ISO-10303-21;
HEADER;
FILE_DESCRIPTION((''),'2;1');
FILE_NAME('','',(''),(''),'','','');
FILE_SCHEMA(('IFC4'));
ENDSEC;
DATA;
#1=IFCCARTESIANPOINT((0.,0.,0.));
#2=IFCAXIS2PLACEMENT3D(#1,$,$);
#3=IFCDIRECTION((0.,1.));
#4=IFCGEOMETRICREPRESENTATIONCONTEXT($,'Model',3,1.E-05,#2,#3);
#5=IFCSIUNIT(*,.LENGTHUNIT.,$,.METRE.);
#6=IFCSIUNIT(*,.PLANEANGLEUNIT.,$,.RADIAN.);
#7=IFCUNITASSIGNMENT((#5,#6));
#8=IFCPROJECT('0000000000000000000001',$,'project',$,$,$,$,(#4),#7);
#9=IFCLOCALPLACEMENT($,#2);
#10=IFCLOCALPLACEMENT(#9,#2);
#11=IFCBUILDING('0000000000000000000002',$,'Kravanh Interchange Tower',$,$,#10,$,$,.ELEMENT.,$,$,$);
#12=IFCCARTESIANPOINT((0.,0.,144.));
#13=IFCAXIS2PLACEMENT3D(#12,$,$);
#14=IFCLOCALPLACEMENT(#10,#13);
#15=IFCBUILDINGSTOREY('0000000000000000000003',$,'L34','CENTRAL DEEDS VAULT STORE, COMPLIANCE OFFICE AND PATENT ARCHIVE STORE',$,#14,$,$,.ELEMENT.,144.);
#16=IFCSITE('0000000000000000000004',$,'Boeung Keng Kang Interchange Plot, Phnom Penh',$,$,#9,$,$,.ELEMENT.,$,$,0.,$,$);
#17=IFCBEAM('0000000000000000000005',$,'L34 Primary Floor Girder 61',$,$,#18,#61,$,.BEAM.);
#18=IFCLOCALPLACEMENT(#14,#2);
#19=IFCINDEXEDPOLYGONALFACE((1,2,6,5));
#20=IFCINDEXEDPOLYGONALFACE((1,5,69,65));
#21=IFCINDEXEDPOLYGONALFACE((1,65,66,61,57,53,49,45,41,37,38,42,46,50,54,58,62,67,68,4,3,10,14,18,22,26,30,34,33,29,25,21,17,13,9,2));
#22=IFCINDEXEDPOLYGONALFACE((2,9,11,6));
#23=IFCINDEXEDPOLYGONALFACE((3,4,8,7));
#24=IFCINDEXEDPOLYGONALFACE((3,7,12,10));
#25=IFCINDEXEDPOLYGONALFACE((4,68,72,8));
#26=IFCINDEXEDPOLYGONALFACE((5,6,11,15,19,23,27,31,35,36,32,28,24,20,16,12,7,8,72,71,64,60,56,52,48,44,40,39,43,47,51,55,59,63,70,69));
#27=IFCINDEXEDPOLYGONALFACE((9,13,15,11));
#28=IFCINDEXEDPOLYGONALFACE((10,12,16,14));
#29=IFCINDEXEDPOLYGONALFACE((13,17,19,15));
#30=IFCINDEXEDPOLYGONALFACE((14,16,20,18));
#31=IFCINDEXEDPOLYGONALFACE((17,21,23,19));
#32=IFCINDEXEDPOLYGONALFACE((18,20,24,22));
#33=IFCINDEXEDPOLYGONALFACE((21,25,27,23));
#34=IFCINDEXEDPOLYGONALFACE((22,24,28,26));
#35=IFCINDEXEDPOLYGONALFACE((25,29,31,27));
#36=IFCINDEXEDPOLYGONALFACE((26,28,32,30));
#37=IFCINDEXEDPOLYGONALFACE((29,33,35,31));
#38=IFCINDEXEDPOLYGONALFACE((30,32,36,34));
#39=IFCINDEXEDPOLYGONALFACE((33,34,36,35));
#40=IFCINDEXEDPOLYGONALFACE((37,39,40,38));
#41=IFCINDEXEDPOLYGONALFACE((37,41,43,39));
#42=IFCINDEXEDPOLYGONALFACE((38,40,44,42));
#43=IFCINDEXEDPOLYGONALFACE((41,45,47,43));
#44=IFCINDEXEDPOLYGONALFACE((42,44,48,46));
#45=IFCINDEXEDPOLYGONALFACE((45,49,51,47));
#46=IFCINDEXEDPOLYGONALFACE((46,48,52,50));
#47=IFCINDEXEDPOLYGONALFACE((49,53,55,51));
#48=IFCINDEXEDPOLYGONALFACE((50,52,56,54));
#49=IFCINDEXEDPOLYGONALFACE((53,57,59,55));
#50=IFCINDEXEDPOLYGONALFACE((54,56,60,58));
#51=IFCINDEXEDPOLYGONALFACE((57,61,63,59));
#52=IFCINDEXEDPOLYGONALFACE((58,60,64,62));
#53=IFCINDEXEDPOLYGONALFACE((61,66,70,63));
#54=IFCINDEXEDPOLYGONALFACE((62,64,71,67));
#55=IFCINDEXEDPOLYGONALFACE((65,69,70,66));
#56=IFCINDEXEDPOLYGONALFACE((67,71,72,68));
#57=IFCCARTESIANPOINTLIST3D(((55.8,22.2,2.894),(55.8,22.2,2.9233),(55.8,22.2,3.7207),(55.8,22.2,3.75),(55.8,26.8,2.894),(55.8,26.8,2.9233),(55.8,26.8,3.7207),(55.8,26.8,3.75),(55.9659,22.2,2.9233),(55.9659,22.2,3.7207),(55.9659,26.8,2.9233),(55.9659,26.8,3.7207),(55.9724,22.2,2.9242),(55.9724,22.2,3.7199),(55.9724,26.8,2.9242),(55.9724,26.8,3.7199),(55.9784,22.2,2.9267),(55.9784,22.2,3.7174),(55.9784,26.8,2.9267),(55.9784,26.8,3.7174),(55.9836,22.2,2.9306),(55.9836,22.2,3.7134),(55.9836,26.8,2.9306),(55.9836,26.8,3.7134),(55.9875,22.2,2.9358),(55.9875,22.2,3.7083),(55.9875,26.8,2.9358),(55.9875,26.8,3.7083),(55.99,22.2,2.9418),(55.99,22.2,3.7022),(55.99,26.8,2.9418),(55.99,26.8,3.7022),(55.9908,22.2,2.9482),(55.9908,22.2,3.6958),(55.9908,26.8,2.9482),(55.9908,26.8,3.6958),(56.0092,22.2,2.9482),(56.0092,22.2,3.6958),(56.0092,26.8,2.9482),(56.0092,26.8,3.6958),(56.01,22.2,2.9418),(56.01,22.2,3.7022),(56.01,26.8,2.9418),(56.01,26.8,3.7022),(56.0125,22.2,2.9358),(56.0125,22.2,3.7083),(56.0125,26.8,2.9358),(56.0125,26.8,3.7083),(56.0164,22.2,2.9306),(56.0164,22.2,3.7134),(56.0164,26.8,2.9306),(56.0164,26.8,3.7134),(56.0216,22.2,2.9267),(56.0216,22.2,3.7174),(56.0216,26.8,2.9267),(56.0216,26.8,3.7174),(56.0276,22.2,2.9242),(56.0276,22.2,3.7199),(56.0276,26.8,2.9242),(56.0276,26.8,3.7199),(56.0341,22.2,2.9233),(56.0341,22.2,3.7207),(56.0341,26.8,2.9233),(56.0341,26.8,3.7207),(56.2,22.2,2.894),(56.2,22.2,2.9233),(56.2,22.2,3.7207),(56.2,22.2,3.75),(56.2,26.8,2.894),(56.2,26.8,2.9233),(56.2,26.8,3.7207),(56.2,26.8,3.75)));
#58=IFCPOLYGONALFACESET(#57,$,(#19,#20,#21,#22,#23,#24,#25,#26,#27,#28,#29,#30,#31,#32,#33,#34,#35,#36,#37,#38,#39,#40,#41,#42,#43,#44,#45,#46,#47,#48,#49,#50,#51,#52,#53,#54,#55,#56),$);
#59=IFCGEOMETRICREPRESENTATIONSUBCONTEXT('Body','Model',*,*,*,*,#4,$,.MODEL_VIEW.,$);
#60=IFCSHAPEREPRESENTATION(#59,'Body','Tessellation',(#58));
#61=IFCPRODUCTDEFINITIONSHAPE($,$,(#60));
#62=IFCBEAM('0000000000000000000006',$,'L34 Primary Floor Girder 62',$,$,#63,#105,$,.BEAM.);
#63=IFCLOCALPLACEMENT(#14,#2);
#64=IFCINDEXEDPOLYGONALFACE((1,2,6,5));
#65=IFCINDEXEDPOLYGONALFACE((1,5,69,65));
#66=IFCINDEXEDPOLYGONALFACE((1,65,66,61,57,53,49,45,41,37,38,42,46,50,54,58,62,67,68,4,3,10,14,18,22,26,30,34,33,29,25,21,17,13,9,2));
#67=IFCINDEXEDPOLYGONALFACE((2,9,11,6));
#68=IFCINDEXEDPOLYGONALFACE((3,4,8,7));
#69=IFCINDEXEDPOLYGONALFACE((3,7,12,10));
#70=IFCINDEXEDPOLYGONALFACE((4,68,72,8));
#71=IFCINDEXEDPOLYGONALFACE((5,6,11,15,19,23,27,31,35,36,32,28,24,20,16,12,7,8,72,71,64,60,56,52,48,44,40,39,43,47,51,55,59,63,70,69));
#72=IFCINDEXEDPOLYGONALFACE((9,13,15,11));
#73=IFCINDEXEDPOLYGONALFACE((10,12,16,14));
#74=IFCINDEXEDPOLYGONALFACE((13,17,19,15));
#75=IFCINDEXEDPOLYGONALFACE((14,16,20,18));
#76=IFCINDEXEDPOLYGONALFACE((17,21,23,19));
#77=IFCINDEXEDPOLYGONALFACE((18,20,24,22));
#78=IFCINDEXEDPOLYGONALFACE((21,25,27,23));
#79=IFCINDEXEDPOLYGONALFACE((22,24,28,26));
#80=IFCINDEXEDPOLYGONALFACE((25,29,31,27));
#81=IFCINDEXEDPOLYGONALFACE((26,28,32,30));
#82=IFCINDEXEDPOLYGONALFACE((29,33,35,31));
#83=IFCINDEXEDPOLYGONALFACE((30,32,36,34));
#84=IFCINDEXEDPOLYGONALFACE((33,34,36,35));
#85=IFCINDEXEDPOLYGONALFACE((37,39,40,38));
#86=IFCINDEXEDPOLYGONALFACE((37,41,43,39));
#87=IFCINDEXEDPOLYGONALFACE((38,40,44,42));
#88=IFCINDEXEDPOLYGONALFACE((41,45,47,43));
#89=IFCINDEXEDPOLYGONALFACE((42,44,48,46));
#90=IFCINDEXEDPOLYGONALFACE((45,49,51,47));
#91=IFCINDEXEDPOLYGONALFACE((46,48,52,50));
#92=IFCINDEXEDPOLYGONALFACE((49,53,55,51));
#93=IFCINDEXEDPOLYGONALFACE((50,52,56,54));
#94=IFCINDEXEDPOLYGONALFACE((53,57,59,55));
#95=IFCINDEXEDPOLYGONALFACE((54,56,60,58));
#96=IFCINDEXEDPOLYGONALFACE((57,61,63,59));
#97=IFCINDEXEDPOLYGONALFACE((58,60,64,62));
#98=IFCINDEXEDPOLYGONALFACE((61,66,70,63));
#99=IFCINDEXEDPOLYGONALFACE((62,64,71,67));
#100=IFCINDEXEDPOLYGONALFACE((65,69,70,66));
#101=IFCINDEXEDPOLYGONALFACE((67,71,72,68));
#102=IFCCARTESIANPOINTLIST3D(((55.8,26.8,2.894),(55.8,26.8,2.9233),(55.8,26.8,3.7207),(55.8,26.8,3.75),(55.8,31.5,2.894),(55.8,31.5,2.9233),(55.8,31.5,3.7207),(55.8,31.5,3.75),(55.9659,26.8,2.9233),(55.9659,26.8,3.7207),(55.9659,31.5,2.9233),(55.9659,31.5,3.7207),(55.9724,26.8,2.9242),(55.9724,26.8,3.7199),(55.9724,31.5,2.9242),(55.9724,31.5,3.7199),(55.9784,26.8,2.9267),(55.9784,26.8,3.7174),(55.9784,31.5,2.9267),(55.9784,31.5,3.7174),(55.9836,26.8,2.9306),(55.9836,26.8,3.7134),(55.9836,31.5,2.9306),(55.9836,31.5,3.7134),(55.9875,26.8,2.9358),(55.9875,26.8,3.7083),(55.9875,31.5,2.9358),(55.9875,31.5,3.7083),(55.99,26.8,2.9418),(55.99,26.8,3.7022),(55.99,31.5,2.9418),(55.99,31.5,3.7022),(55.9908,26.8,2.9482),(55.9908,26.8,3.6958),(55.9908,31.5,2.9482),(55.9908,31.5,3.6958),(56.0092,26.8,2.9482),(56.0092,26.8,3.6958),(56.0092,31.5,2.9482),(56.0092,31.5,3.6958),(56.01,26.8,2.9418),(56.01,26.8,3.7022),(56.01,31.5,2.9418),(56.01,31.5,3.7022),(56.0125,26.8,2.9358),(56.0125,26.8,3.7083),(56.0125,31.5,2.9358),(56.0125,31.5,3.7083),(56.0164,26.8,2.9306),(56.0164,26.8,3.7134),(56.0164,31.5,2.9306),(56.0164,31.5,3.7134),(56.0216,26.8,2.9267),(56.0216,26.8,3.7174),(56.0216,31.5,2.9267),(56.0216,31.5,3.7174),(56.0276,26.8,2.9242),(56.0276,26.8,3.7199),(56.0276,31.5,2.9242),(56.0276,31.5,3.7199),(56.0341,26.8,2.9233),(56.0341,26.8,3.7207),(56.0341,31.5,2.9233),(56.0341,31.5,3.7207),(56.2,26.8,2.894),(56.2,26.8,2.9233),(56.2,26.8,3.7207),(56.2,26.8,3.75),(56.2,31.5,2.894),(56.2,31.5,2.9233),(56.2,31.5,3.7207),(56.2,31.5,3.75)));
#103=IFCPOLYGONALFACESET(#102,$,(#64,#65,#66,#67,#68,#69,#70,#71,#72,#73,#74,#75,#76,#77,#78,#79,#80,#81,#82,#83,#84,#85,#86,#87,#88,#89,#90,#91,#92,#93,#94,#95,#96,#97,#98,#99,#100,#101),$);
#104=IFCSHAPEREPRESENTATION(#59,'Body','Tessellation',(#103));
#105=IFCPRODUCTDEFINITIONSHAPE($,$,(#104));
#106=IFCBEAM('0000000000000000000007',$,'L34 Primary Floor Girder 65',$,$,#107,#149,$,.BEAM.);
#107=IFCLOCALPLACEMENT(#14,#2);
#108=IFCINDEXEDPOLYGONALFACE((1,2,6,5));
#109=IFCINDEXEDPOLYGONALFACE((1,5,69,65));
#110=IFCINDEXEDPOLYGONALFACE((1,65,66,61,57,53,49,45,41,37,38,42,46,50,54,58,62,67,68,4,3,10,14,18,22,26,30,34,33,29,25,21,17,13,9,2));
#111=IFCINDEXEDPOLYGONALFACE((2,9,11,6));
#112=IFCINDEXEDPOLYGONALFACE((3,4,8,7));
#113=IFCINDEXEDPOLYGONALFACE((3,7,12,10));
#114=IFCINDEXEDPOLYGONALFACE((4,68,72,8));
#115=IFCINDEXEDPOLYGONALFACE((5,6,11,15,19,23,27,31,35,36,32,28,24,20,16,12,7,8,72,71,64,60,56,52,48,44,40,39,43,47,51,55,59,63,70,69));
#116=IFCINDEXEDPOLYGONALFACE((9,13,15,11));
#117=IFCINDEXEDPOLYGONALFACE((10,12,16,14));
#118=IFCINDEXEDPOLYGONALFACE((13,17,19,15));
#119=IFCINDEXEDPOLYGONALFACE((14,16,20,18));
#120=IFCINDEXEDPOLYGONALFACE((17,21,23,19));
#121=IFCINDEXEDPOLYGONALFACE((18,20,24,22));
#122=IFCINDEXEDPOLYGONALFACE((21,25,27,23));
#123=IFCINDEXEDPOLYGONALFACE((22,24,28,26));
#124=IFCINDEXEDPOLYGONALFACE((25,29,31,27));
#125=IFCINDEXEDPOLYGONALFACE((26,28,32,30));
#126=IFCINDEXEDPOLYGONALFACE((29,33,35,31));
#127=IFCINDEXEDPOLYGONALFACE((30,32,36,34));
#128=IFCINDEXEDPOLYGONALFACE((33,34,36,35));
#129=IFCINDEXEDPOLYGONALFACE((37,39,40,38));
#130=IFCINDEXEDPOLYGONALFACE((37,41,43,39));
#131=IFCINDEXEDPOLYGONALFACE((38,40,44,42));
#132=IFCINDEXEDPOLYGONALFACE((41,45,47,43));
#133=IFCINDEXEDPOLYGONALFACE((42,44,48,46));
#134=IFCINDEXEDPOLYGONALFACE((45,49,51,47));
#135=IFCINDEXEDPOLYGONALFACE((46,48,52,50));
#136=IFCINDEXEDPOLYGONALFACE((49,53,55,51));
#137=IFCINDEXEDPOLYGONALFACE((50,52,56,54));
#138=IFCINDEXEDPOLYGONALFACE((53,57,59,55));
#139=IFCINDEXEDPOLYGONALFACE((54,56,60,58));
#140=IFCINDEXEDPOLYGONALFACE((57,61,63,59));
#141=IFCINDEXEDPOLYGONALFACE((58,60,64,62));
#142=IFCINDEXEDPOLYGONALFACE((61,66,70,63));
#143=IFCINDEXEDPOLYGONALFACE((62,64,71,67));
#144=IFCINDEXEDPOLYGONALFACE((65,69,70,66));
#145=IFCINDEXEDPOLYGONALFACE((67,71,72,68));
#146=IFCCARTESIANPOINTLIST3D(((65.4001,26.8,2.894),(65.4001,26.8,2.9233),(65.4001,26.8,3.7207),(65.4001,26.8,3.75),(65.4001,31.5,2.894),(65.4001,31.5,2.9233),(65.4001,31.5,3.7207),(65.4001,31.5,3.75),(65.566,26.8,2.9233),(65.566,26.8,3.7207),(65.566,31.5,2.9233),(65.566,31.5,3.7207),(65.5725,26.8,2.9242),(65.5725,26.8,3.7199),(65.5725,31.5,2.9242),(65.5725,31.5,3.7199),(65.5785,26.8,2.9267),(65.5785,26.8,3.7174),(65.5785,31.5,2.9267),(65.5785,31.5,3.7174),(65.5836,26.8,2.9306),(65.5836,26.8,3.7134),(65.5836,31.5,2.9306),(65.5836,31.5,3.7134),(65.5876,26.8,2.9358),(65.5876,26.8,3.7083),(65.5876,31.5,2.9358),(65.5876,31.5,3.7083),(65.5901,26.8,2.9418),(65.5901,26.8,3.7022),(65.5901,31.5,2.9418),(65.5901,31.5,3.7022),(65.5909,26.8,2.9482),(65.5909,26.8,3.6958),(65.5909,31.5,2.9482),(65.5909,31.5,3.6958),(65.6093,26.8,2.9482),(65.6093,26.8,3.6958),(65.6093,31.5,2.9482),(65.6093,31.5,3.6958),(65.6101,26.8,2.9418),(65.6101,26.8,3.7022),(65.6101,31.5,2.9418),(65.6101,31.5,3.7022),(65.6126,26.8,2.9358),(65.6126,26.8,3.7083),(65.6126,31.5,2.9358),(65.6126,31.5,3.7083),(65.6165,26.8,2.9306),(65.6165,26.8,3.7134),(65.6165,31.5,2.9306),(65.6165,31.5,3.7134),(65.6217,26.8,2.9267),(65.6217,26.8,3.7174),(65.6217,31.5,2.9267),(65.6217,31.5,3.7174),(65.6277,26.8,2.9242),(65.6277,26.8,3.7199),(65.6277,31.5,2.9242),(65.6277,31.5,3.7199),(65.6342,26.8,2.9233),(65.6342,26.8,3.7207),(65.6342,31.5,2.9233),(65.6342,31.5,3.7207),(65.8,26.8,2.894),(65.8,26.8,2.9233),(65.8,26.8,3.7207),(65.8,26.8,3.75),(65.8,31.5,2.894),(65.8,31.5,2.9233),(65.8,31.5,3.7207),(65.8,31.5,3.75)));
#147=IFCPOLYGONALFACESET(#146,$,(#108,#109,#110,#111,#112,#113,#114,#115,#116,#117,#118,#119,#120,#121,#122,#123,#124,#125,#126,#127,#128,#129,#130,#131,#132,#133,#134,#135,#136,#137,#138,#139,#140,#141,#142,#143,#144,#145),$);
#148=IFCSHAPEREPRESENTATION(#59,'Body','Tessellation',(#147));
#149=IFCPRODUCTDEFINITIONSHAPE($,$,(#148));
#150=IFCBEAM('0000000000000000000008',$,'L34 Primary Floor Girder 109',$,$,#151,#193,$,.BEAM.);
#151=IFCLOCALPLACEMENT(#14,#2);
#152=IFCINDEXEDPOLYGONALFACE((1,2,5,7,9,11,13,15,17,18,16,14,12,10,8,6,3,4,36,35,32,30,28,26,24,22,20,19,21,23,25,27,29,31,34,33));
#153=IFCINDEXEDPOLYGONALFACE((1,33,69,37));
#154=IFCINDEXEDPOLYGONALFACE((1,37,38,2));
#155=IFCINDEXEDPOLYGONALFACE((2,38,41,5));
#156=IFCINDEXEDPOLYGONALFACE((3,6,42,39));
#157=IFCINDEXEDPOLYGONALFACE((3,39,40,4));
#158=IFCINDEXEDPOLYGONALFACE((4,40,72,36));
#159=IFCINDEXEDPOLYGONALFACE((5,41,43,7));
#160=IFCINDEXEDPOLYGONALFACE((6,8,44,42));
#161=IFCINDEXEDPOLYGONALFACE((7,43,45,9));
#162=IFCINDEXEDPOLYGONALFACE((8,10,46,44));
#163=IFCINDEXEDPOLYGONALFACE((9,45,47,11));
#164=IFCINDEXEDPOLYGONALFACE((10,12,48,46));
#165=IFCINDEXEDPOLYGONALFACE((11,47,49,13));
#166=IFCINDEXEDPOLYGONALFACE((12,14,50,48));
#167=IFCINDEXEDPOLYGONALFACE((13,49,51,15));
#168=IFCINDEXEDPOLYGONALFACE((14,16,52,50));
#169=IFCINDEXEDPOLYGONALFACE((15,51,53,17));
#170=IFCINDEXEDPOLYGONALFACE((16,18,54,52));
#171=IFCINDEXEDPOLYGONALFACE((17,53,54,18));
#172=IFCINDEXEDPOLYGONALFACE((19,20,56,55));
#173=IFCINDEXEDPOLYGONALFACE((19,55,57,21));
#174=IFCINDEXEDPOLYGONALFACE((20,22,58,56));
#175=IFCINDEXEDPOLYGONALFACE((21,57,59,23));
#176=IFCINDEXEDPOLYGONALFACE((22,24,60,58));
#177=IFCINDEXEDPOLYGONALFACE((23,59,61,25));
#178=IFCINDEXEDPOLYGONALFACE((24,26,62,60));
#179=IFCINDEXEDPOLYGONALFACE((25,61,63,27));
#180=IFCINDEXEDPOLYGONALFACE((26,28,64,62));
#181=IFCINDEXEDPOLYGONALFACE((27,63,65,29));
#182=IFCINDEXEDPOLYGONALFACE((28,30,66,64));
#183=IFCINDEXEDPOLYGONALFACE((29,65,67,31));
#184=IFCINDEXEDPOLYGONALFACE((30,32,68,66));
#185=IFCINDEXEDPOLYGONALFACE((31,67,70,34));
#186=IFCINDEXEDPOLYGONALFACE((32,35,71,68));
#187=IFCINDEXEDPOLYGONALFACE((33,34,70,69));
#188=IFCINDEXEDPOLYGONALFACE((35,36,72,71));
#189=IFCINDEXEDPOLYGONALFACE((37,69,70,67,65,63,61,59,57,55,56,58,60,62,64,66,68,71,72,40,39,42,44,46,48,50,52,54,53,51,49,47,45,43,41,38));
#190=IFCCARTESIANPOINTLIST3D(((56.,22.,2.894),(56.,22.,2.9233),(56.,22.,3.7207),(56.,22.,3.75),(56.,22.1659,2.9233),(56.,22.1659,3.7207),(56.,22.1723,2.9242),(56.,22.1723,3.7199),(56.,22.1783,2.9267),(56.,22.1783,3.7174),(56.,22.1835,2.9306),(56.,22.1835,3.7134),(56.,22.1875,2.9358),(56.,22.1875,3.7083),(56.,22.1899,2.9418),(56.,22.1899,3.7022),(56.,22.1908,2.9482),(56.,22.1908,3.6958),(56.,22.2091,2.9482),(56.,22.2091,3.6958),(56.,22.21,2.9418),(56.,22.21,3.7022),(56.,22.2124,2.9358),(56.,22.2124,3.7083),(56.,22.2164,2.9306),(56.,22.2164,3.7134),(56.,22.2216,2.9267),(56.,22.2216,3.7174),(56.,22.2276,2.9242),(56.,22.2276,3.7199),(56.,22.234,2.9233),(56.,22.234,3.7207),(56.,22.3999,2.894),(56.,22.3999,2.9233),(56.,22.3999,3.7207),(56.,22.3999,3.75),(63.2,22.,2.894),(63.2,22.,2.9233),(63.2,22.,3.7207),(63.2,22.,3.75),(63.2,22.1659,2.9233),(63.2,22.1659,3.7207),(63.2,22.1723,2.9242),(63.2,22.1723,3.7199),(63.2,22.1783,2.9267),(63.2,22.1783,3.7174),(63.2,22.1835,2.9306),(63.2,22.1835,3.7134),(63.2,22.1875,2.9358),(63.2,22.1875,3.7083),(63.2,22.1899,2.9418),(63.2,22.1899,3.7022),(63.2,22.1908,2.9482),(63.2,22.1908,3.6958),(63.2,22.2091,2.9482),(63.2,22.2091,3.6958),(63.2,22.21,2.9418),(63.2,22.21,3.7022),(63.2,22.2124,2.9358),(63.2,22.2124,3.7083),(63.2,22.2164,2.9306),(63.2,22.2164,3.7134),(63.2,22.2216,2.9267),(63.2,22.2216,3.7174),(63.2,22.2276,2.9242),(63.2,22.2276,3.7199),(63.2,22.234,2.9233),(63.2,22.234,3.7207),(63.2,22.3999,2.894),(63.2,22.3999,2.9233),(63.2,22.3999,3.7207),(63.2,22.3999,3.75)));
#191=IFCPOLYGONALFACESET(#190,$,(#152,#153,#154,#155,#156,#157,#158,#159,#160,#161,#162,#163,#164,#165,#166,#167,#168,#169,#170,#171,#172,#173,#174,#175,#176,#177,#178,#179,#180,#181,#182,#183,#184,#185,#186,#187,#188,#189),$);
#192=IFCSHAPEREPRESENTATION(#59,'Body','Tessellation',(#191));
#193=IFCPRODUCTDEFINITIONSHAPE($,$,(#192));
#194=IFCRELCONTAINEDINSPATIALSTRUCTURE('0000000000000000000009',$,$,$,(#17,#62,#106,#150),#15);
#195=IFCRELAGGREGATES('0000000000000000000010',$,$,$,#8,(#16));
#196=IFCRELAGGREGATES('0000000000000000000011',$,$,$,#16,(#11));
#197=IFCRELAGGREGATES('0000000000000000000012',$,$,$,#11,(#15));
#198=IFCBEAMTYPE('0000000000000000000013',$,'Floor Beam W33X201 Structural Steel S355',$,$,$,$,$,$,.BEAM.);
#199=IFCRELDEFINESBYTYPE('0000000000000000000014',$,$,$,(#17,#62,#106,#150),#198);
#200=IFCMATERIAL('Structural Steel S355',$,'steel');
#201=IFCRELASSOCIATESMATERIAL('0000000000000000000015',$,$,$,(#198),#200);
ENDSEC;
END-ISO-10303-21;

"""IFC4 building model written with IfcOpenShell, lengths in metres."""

from ifc_helpers import new_model, si_unit, direction, frame, origin, origin_2d, place, context, subcontext, project, spatial, i_section, extrude, material, material_profile, profile_set, type_object, element, save


model = new_model("IFC4")

# Units and contexts
model_context = context("Model", 3, precision=1e-05, world=origin(), true_north=direction((0.0, 1.0)))
body_context = subcontext(model_context, "Body", "Model", "MODEL_VIEW")
ifc_project = project(units=[si_unit("LENGTHUNIT", "METRE"), si_unit("PLANEANGLEUNIT", "RADIAN")], contexts=[model_context])

# Site, building, storey
site_placement = place(None, origin())
site = spatial("IfcSite", under=ifc_project, at=site_placement, Name="Boeung Keng Kang Interchange Plot, Phnom Penh", CompositionType="ELEMENT", RefElevation=0.0)
building_placement = place(site_placement, origin())
building = spatial("IfcBuilding", under=site, at=building_placement, Name="Kravanh Interchange Tower", CompositionType="ELEMENT")
storey_placement = place(building_placement, frame((0.0, 0.0, 144.0)))
storey = spatial("IfcBuildingStorey", under=building, at=storey_placement, Name="L34", Description="CENTRAL DEEDS VAULT STORE, COMPLIANCE OFFICE AND PATENT ARCHIVE STORE", CompositionType="ELEMENT", Elevation=144.0)

# Beams
ifc_material_1 = material(Name="Structural Steel S355", Category="steel")
ifc_material_profile_1 = material_profile(ifc_material_1, i_section(OverallWidth=0.3999, OverallDepth=0.856, WebThickness=0.0183, FlangeThickness=0.0293, FilletRadius=0.0249, at=origin_2d()), Name="W33X201")
ifc_profile_set_1 = profile_set([ifc_material_profile_1], Name="Structural Steel S355")
beam_type_1 = type_object("IfcBeamType", Name="Floor Beam W33X201 Structural Steel S355", PredefinedType="BEAM", material=ifc_profile_set_1)
beam_1_placement = place(storey_placement, frame((56.0, 26.8, 3.322), z_axis=(0.0, -1.0, 0.0), x_axis=(1.0, 0.0, 0.0)))
element("IfcBeam", 1, at=beam_1_placement, inside=storey, type_object=beam_type_1, Name="L34 Primary Floor Girder 61", PredefinedType="BEAM", context=body_context, shape_type="SweptSolid", body=[
    extrude(i_section(OverallWidth=0.3999, OverallDepth=0.856, WebThickness=0.0183, FlangeThickness=0.0293, FilletRadius=0.0249, at=origin_2d()), origin(), (0.0, 0.0, 1.0), 4.6001),
])
for number, where, z_axis, x_axis, name in (
    (2, (56.0, 26.8, 3.322), (0.0, 1.0, 0.0), (-1.0, 0.0, 0.0), "L34 Primary Floor Girder 62"),
    (3, (65.6001, 26.8, 3.322), (0.0, 1.0, 0.0), (-1.0, 0.0, 0.0), "L34 Primary Floor Girder 65"),
):
    element("IfcBeam", number, at=place(storey_placement, frame(where, z_axis=z_axis, x_axis=x_axis)), inside=storey, type_object=beam_type_1, Name=name, PredefinedType="BEAM", context=body_context, shape_type="SweptSolid", body=[
        extrude(i_section(OverallWidth=0.3999, OverallDepth=0.856, WebThickness=0.0183, FlangeThickness=0.0293, FilletRadius=0.0249, at=origin_2d()), origin(), (0.0, 0.0, 1.0), 4.7),
    ])
beam_2_placement = place(storey_placement, frame((56.0, 22.2, 3.322), z_axis=(1.0, 0.0, 0.0), x_axis=(0.0, 1.0, 0.0)))
element("IfcBeam", 4, at=beam_2_placement, inside=storey, type_object=beam_type_1, Name="L34 Primary Floor Girder 109", PredefinedType="BEAM", context=body_context, shape_type="SweptSolid", body=[
    extrude(i_section(OverallWidth=0.3999, OverallDepth=0.856, WebThickness=0.0183, FlangeThickness=0.0293, FilletRadius=0.0249, at=origin_2d()), origin(), (0.0, 0.0, 1.0), 7.2),
])

save(model, "model.ifc")
